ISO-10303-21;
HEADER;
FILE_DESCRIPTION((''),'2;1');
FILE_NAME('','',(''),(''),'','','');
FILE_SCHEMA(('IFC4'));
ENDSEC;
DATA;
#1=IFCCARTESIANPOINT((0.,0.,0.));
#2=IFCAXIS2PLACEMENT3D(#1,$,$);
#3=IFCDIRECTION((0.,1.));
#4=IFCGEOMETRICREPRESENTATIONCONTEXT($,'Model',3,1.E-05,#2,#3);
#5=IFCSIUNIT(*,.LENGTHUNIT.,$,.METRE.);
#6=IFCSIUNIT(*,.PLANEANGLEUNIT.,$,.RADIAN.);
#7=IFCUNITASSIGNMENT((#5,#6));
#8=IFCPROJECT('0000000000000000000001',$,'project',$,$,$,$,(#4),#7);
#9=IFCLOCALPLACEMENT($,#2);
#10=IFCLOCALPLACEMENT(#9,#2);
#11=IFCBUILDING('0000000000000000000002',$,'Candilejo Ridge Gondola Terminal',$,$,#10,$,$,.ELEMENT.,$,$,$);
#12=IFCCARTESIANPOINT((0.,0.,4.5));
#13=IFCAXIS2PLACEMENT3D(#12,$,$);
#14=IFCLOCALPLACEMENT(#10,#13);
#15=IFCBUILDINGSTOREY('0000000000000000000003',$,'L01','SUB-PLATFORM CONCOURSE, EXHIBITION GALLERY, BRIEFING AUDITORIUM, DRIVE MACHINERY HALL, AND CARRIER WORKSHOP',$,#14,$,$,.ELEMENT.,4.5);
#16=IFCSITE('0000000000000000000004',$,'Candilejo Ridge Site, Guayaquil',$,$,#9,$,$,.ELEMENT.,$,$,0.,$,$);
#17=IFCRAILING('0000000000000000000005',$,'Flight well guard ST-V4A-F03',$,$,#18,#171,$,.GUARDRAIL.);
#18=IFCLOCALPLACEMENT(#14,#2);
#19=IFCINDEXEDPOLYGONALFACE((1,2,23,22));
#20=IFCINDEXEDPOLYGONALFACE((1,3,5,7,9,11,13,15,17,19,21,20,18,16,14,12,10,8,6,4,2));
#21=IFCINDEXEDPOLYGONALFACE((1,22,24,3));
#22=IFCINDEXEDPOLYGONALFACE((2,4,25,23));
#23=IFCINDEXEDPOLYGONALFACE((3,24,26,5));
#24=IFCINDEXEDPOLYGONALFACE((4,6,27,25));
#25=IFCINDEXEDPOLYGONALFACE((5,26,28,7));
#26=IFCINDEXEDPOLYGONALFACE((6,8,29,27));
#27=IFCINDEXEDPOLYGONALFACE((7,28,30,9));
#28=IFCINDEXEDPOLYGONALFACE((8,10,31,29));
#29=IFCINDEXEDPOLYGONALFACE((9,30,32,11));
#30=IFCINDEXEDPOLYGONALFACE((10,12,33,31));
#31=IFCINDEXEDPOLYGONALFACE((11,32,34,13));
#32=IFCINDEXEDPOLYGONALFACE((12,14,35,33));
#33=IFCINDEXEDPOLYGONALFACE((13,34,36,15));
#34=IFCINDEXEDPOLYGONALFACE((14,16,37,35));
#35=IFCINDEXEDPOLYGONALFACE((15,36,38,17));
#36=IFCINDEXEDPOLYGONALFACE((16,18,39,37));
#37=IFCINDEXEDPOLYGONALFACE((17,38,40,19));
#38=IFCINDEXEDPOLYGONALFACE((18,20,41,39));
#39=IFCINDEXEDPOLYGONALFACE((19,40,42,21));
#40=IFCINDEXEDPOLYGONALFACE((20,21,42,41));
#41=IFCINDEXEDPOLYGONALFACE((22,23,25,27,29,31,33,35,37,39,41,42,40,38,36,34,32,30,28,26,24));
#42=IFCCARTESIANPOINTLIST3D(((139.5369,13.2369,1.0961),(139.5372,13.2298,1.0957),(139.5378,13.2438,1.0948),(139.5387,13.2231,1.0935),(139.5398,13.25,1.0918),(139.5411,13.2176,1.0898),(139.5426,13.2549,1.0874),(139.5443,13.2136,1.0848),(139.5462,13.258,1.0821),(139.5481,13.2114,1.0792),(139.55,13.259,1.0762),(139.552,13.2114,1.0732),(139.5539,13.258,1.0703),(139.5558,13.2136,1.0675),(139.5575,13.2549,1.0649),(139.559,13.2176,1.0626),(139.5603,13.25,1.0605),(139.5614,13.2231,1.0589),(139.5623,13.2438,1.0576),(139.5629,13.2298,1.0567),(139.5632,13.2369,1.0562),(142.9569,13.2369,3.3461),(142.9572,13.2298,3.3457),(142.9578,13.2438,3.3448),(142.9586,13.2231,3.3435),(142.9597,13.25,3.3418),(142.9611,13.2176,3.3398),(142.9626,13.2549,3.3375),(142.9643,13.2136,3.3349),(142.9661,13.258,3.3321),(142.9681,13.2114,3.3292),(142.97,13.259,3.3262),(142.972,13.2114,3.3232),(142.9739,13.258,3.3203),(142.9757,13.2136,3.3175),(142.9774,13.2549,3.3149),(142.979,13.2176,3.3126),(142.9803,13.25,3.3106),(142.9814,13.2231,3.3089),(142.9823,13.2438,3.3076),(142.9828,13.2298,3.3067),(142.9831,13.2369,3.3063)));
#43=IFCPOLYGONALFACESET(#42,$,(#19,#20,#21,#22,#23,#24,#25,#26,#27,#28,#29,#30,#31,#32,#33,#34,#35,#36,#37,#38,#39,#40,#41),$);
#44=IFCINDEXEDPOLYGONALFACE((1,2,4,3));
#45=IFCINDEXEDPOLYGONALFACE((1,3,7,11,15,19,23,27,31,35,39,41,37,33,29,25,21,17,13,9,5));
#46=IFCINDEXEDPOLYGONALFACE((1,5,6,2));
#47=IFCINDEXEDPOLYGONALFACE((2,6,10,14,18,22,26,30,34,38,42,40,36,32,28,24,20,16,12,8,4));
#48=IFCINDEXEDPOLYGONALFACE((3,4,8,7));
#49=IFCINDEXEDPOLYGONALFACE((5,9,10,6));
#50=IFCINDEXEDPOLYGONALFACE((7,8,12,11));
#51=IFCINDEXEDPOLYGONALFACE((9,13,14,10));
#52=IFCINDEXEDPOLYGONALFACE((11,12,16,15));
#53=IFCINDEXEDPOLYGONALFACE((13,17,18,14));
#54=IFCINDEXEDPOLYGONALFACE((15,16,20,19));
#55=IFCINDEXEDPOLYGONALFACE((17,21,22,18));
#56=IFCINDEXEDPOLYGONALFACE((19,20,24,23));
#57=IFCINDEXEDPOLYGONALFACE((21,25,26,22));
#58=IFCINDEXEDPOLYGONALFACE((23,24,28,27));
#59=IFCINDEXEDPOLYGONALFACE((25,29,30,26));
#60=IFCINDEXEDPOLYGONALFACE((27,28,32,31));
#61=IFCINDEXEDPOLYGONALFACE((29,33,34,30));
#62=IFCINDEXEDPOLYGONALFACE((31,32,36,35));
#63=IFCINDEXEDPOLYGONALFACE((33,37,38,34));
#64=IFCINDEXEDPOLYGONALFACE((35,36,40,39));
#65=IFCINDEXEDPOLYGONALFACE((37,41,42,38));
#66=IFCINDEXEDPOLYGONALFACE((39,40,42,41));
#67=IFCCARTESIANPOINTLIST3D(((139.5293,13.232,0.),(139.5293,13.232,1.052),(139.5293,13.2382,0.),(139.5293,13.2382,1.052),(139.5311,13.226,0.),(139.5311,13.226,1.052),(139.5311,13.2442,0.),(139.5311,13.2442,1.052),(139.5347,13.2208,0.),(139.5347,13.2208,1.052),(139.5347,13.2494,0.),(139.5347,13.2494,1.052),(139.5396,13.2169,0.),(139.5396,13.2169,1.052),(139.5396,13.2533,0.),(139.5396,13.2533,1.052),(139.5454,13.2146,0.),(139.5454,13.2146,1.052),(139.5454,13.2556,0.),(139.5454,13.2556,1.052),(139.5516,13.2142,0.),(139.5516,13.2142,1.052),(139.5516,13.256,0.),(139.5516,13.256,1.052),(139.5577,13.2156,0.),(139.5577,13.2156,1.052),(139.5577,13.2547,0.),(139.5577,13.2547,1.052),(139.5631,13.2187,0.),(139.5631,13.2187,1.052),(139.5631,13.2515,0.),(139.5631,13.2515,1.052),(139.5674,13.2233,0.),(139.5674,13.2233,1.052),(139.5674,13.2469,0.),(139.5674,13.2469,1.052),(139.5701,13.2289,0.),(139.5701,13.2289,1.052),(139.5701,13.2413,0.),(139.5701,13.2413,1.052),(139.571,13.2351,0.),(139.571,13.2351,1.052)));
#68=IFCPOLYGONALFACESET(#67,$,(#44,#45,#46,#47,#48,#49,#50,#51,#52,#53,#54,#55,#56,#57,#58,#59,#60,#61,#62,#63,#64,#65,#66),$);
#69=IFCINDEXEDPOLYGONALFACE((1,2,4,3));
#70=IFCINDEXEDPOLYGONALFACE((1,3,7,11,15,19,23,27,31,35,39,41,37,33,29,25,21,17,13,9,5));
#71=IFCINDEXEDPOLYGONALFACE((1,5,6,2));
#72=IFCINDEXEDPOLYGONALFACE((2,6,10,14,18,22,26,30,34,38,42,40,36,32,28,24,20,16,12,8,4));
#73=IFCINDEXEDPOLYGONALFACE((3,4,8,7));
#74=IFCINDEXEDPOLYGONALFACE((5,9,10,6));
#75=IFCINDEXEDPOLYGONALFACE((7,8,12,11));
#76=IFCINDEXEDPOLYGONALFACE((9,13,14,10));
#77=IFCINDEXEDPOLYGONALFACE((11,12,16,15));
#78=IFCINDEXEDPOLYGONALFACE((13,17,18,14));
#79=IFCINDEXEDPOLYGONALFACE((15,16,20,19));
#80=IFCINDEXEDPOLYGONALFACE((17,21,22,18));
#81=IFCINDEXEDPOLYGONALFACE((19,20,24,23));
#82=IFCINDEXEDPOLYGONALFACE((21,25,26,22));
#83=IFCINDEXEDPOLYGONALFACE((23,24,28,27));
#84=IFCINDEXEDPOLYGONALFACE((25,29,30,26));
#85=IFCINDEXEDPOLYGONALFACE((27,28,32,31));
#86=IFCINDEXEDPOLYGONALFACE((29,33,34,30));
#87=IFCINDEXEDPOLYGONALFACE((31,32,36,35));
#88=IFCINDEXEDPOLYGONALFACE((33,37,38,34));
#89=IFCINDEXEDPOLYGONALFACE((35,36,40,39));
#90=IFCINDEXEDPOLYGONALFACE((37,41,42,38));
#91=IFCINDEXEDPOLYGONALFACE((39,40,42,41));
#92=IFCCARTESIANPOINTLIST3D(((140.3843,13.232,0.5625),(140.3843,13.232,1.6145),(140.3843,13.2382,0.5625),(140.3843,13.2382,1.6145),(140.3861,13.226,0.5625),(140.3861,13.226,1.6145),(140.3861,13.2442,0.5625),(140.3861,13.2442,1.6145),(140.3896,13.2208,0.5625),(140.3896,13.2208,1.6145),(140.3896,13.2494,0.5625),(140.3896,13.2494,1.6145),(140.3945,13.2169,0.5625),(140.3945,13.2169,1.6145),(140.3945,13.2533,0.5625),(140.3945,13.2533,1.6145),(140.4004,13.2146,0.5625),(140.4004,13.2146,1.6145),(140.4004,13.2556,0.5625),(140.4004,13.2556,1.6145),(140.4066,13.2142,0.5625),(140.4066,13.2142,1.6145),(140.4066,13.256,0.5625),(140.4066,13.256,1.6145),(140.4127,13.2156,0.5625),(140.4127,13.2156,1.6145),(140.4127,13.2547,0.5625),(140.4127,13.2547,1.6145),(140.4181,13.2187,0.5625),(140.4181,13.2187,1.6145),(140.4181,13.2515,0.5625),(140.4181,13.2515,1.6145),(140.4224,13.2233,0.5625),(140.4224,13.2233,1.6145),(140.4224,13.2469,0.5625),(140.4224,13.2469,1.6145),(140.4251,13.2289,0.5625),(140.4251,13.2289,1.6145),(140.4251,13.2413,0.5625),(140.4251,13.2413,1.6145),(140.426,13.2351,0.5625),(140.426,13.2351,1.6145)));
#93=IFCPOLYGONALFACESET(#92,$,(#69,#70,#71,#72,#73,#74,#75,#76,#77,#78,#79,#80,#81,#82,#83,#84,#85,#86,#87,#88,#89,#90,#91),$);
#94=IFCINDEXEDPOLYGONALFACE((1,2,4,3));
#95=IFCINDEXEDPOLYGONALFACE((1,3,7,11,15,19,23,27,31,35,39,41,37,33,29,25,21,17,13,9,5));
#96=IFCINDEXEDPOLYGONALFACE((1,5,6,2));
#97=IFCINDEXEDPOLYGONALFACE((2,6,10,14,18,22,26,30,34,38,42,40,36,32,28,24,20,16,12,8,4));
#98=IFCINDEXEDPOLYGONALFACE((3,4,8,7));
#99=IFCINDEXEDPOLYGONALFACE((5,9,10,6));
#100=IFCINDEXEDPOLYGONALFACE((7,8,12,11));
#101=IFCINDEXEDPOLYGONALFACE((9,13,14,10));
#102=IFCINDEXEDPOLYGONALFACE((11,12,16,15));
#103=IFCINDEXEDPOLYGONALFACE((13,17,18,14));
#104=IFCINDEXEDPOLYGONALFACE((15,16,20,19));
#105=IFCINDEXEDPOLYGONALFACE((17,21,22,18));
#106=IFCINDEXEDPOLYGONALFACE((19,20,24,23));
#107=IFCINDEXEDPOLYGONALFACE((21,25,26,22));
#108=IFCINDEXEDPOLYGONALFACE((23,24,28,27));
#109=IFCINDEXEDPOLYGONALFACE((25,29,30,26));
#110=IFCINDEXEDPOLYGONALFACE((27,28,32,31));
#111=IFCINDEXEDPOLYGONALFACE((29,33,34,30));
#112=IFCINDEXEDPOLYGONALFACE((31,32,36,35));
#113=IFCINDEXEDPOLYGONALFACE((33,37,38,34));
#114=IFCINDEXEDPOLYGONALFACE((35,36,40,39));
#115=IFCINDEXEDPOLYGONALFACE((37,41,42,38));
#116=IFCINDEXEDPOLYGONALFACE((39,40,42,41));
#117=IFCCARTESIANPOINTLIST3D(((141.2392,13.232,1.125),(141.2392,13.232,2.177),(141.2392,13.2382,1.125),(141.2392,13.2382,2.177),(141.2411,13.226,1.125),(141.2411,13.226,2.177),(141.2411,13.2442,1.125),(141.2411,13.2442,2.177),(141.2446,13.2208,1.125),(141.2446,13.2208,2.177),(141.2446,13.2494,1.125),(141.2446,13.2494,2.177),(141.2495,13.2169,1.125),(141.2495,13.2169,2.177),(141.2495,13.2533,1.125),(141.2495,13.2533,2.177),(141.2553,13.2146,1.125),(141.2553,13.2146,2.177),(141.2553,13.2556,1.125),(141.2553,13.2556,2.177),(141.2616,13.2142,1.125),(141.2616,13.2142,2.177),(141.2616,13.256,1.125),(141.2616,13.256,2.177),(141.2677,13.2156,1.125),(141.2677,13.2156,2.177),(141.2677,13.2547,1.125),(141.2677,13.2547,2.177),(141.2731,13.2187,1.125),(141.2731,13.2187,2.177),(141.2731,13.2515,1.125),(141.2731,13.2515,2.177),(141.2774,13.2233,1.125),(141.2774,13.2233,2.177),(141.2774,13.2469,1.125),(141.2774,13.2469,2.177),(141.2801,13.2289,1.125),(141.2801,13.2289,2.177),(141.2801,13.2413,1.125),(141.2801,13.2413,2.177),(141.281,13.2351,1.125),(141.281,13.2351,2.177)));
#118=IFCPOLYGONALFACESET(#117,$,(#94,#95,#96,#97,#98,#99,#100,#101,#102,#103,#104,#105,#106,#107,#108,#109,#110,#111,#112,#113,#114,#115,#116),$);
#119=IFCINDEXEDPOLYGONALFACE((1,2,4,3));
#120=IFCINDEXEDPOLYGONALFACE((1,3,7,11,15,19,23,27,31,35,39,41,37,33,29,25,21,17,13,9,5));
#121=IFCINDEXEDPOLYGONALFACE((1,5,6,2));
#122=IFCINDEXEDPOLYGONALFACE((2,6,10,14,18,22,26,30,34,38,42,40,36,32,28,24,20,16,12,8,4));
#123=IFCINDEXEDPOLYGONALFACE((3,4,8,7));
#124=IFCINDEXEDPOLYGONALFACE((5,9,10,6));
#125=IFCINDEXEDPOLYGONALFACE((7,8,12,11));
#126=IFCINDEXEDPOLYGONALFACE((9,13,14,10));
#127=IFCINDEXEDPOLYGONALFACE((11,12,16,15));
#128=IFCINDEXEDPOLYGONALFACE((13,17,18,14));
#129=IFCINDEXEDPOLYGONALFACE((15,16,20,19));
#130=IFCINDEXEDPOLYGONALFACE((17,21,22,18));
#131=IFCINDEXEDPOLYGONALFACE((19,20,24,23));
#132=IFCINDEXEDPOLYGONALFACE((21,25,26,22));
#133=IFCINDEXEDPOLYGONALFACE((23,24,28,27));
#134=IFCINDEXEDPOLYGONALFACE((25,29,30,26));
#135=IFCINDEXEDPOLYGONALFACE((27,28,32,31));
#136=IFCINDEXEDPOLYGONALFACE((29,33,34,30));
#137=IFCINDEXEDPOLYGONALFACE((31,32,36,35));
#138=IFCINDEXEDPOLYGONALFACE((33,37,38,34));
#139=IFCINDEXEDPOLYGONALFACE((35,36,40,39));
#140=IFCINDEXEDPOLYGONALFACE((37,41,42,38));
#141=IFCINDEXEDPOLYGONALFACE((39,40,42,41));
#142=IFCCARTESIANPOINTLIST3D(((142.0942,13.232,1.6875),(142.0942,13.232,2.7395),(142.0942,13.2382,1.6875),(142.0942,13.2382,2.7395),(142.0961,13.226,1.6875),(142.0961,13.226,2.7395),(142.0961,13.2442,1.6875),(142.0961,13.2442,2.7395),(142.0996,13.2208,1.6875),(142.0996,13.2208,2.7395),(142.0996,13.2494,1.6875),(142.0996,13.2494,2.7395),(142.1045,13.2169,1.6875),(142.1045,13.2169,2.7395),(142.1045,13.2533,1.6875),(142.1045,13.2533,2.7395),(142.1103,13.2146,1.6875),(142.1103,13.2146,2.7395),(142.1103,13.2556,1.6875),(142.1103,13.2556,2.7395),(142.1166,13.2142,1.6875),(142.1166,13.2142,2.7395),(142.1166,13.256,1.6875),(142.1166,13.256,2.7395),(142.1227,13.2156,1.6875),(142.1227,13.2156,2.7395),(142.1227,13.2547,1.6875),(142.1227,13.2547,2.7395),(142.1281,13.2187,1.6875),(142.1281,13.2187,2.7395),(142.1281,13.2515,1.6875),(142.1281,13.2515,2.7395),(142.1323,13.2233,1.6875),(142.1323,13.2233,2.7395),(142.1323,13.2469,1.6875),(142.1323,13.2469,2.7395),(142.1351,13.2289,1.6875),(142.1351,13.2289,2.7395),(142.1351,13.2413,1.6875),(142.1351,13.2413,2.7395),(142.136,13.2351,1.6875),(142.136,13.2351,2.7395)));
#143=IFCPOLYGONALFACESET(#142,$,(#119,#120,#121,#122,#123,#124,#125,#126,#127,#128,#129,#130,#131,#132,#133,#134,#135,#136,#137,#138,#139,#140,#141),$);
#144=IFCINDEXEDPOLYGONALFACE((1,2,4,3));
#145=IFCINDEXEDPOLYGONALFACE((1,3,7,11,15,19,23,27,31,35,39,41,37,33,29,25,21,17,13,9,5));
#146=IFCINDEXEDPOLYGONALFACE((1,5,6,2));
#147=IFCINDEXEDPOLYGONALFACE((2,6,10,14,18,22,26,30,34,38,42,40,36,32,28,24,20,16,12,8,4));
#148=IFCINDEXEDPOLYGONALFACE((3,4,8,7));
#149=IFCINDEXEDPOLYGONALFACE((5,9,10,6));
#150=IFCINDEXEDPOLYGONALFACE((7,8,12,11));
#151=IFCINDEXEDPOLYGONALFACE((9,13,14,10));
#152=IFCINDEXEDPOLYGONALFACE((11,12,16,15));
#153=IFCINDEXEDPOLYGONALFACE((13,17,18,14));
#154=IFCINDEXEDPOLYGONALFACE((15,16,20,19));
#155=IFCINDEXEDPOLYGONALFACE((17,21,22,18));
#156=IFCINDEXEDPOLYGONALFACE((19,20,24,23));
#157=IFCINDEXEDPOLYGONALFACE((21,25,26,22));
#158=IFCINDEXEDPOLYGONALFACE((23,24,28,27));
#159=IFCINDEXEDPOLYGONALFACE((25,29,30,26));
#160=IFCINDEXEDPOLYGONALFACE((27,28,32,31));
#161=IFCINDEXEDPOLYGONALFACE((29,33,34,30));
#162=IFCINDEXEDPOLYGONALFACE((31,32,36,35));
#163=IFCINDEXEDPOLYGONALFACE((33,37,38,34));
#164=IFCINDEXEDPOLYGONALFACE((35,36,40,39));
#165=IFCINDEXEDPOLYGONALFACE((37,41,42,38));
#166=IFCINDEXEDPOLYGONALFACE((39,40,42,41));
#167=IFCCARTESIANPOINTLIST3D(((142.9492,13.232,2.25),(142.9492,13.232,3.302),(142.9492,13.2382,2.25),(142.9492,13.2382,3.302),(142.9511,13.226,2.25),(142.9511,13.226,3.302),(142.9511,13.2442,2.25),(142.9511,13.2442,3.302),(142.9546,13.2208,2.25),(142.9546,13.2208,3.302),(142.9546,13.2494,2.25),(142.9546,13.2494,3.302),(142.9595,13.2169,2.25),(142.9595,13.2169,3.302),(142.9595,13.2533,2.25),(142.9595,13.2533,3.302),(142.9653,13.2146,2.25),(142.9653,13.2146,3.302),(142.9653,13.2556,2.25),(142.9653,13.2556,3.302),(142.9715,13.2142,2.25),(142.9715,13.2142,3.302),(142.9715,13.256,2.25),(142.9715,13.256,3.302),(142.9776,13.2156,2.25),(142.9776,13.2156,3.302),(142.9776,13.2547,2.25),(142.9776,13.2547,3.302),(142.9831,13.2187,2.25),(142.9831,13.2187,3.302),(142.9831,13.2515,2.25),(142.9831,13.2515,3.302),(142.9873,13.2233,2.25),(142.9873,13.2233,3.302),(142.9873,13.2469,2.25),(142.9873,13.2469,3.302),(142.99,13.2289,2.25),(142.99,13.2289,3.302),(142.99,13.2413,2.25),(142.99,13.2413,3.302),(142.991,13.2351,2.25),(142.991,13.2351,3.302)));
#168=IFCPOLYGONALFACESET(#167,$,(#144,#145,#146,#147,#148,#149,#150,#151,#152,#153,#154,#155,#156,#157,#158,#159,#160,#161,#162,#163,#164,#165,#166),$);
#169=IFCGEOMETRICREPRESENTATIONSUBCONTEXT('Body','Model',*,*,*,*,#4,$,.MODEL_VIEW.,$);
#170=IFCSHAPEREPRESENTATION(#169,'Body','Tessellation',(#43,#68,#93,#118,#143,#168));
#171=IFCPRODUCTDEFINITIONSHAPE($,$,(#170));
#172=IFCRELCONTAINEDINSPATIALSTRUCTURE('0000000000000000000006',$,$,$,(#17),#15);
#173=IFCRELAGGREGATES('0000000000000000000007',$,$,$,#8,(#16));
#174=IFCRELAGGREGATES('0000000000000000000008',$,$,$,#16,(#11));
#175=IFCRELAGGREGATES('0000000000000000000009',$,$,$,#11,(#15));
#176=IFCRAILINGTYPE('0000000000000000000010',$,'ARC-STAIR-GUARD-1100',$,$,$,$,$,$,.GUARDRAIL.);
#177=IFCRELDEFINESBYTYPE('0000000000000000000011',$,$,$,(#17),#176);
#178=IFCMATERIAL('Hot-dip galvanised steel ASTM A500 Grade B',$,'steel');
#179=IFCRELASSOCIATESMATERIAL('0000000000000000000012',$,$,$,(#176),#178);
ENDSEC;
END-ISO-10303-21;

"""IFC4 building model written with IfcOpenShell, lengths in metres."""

from ifc_helpers import new_model, si_unit, direction, frame, origin, origin_2d, place, context, subcontext, project, spatial, circle, extrude, material, type_object, element, save


model = new_model("IFC4")

# Units and contexts
model_context = context("Model", 3, precision=1e-05, world=origin(), true_north=direction((0.0, 1.0)))
body_context = subcontext(model_context, "Body", "Model", "MODEL_VIEW")
ifc_project = project(units=[si_unit("LENGTHUNIT", "METRE"), si_unit("PLANEANGLEUNIT", "RADIAN")], contexts=[model_context])

# Site, building, storey
site_placement = place(None, origin())
site = spatial("IfcSite", under=ifc_project, at=site_placement, Name="Candilejo Ridge Site, Guayaquil", CompositionType="ELEMENT", RefElevation=0.0)
building_placement = place(site_placement, origin())
building = spatial("IfcBuilding", under=site, at=building_placement, Name="Candilejo Ridge Gondola Terminal", CompositionType="ELEMENT")
storey_placement = place(building_placement, frame((0.0, 0.0, 4.5)))
storey = spatial("IfcBuildingStorey", under=building, at=storey_placement, Name="L01", Description="SUB-PLATFORM CONCOURSE, EXHIBITION GALLERY, BRIEFING AUDITORIUM, DRIVE MACHINERY HALL, AND CARRIER WORKSHOP", CompositionType="ELEMENT", Elevation=4.5)

# Railing
ifc_material_1 = material(Name="Hot-dip galvanised steel ASTM A500 Grade B", Category="steel")
railing_type_1 = type_object("IfcRailingType", Name="ARC-STAIR-GUARD-1100", PredefinedType="GUARDRAIL", material=ifc_material_1)
railing_1_placement = place(storey_placement, frame((139.55, 13.2351, 0.0)))
element("IfcRailing", 1, at=railing_1_placement, inside=storey, type_object=railing_type_1, Name="Flight well guard ST-V4A-F03", PredefinedType="GUARDRAIL", context=body_context, shape_type="SweptSolid", body=[
    extrude(circle(Radius=0.0239, at=origin_2d()), frame((0.0, 0.0, 1.0762), z_axis=(0.835411, 0.0, 0.549625), x_axis=(0.0, 1.0, 0.0)), (0.0, 0.0, 1.0), 4.0938),
    extrude(circle(Radius=0.021, at=origin_2d()), origin(), (0.0, 0.0, 1.0), 1.052),
    extrude(circle(Radius=0.021, at=origin_2d()), frame((0.855, 0.0, 0.5625)), (0.0, 0.0, 1.0), 1.052),
    extrude(circle(Radius=0.021, at=origin_2d()), frame((1.71, 0.0, 1.125)), (0.0, 0.0, 1.0), 1.052),
    extrude(circle(Radius=0.021, at=origin_2d()), frame((2.5649, 0.0, 1.6875)), (0.0, 0.0, 1.0), 1.052),
    extrude(circle(Radius=0.021, at=origin_2d()), frame((3.4199, 0.0, 2.25)), (0.0, 0.0, 1.0), 1.052),
])

save(model, "model.ifc")
